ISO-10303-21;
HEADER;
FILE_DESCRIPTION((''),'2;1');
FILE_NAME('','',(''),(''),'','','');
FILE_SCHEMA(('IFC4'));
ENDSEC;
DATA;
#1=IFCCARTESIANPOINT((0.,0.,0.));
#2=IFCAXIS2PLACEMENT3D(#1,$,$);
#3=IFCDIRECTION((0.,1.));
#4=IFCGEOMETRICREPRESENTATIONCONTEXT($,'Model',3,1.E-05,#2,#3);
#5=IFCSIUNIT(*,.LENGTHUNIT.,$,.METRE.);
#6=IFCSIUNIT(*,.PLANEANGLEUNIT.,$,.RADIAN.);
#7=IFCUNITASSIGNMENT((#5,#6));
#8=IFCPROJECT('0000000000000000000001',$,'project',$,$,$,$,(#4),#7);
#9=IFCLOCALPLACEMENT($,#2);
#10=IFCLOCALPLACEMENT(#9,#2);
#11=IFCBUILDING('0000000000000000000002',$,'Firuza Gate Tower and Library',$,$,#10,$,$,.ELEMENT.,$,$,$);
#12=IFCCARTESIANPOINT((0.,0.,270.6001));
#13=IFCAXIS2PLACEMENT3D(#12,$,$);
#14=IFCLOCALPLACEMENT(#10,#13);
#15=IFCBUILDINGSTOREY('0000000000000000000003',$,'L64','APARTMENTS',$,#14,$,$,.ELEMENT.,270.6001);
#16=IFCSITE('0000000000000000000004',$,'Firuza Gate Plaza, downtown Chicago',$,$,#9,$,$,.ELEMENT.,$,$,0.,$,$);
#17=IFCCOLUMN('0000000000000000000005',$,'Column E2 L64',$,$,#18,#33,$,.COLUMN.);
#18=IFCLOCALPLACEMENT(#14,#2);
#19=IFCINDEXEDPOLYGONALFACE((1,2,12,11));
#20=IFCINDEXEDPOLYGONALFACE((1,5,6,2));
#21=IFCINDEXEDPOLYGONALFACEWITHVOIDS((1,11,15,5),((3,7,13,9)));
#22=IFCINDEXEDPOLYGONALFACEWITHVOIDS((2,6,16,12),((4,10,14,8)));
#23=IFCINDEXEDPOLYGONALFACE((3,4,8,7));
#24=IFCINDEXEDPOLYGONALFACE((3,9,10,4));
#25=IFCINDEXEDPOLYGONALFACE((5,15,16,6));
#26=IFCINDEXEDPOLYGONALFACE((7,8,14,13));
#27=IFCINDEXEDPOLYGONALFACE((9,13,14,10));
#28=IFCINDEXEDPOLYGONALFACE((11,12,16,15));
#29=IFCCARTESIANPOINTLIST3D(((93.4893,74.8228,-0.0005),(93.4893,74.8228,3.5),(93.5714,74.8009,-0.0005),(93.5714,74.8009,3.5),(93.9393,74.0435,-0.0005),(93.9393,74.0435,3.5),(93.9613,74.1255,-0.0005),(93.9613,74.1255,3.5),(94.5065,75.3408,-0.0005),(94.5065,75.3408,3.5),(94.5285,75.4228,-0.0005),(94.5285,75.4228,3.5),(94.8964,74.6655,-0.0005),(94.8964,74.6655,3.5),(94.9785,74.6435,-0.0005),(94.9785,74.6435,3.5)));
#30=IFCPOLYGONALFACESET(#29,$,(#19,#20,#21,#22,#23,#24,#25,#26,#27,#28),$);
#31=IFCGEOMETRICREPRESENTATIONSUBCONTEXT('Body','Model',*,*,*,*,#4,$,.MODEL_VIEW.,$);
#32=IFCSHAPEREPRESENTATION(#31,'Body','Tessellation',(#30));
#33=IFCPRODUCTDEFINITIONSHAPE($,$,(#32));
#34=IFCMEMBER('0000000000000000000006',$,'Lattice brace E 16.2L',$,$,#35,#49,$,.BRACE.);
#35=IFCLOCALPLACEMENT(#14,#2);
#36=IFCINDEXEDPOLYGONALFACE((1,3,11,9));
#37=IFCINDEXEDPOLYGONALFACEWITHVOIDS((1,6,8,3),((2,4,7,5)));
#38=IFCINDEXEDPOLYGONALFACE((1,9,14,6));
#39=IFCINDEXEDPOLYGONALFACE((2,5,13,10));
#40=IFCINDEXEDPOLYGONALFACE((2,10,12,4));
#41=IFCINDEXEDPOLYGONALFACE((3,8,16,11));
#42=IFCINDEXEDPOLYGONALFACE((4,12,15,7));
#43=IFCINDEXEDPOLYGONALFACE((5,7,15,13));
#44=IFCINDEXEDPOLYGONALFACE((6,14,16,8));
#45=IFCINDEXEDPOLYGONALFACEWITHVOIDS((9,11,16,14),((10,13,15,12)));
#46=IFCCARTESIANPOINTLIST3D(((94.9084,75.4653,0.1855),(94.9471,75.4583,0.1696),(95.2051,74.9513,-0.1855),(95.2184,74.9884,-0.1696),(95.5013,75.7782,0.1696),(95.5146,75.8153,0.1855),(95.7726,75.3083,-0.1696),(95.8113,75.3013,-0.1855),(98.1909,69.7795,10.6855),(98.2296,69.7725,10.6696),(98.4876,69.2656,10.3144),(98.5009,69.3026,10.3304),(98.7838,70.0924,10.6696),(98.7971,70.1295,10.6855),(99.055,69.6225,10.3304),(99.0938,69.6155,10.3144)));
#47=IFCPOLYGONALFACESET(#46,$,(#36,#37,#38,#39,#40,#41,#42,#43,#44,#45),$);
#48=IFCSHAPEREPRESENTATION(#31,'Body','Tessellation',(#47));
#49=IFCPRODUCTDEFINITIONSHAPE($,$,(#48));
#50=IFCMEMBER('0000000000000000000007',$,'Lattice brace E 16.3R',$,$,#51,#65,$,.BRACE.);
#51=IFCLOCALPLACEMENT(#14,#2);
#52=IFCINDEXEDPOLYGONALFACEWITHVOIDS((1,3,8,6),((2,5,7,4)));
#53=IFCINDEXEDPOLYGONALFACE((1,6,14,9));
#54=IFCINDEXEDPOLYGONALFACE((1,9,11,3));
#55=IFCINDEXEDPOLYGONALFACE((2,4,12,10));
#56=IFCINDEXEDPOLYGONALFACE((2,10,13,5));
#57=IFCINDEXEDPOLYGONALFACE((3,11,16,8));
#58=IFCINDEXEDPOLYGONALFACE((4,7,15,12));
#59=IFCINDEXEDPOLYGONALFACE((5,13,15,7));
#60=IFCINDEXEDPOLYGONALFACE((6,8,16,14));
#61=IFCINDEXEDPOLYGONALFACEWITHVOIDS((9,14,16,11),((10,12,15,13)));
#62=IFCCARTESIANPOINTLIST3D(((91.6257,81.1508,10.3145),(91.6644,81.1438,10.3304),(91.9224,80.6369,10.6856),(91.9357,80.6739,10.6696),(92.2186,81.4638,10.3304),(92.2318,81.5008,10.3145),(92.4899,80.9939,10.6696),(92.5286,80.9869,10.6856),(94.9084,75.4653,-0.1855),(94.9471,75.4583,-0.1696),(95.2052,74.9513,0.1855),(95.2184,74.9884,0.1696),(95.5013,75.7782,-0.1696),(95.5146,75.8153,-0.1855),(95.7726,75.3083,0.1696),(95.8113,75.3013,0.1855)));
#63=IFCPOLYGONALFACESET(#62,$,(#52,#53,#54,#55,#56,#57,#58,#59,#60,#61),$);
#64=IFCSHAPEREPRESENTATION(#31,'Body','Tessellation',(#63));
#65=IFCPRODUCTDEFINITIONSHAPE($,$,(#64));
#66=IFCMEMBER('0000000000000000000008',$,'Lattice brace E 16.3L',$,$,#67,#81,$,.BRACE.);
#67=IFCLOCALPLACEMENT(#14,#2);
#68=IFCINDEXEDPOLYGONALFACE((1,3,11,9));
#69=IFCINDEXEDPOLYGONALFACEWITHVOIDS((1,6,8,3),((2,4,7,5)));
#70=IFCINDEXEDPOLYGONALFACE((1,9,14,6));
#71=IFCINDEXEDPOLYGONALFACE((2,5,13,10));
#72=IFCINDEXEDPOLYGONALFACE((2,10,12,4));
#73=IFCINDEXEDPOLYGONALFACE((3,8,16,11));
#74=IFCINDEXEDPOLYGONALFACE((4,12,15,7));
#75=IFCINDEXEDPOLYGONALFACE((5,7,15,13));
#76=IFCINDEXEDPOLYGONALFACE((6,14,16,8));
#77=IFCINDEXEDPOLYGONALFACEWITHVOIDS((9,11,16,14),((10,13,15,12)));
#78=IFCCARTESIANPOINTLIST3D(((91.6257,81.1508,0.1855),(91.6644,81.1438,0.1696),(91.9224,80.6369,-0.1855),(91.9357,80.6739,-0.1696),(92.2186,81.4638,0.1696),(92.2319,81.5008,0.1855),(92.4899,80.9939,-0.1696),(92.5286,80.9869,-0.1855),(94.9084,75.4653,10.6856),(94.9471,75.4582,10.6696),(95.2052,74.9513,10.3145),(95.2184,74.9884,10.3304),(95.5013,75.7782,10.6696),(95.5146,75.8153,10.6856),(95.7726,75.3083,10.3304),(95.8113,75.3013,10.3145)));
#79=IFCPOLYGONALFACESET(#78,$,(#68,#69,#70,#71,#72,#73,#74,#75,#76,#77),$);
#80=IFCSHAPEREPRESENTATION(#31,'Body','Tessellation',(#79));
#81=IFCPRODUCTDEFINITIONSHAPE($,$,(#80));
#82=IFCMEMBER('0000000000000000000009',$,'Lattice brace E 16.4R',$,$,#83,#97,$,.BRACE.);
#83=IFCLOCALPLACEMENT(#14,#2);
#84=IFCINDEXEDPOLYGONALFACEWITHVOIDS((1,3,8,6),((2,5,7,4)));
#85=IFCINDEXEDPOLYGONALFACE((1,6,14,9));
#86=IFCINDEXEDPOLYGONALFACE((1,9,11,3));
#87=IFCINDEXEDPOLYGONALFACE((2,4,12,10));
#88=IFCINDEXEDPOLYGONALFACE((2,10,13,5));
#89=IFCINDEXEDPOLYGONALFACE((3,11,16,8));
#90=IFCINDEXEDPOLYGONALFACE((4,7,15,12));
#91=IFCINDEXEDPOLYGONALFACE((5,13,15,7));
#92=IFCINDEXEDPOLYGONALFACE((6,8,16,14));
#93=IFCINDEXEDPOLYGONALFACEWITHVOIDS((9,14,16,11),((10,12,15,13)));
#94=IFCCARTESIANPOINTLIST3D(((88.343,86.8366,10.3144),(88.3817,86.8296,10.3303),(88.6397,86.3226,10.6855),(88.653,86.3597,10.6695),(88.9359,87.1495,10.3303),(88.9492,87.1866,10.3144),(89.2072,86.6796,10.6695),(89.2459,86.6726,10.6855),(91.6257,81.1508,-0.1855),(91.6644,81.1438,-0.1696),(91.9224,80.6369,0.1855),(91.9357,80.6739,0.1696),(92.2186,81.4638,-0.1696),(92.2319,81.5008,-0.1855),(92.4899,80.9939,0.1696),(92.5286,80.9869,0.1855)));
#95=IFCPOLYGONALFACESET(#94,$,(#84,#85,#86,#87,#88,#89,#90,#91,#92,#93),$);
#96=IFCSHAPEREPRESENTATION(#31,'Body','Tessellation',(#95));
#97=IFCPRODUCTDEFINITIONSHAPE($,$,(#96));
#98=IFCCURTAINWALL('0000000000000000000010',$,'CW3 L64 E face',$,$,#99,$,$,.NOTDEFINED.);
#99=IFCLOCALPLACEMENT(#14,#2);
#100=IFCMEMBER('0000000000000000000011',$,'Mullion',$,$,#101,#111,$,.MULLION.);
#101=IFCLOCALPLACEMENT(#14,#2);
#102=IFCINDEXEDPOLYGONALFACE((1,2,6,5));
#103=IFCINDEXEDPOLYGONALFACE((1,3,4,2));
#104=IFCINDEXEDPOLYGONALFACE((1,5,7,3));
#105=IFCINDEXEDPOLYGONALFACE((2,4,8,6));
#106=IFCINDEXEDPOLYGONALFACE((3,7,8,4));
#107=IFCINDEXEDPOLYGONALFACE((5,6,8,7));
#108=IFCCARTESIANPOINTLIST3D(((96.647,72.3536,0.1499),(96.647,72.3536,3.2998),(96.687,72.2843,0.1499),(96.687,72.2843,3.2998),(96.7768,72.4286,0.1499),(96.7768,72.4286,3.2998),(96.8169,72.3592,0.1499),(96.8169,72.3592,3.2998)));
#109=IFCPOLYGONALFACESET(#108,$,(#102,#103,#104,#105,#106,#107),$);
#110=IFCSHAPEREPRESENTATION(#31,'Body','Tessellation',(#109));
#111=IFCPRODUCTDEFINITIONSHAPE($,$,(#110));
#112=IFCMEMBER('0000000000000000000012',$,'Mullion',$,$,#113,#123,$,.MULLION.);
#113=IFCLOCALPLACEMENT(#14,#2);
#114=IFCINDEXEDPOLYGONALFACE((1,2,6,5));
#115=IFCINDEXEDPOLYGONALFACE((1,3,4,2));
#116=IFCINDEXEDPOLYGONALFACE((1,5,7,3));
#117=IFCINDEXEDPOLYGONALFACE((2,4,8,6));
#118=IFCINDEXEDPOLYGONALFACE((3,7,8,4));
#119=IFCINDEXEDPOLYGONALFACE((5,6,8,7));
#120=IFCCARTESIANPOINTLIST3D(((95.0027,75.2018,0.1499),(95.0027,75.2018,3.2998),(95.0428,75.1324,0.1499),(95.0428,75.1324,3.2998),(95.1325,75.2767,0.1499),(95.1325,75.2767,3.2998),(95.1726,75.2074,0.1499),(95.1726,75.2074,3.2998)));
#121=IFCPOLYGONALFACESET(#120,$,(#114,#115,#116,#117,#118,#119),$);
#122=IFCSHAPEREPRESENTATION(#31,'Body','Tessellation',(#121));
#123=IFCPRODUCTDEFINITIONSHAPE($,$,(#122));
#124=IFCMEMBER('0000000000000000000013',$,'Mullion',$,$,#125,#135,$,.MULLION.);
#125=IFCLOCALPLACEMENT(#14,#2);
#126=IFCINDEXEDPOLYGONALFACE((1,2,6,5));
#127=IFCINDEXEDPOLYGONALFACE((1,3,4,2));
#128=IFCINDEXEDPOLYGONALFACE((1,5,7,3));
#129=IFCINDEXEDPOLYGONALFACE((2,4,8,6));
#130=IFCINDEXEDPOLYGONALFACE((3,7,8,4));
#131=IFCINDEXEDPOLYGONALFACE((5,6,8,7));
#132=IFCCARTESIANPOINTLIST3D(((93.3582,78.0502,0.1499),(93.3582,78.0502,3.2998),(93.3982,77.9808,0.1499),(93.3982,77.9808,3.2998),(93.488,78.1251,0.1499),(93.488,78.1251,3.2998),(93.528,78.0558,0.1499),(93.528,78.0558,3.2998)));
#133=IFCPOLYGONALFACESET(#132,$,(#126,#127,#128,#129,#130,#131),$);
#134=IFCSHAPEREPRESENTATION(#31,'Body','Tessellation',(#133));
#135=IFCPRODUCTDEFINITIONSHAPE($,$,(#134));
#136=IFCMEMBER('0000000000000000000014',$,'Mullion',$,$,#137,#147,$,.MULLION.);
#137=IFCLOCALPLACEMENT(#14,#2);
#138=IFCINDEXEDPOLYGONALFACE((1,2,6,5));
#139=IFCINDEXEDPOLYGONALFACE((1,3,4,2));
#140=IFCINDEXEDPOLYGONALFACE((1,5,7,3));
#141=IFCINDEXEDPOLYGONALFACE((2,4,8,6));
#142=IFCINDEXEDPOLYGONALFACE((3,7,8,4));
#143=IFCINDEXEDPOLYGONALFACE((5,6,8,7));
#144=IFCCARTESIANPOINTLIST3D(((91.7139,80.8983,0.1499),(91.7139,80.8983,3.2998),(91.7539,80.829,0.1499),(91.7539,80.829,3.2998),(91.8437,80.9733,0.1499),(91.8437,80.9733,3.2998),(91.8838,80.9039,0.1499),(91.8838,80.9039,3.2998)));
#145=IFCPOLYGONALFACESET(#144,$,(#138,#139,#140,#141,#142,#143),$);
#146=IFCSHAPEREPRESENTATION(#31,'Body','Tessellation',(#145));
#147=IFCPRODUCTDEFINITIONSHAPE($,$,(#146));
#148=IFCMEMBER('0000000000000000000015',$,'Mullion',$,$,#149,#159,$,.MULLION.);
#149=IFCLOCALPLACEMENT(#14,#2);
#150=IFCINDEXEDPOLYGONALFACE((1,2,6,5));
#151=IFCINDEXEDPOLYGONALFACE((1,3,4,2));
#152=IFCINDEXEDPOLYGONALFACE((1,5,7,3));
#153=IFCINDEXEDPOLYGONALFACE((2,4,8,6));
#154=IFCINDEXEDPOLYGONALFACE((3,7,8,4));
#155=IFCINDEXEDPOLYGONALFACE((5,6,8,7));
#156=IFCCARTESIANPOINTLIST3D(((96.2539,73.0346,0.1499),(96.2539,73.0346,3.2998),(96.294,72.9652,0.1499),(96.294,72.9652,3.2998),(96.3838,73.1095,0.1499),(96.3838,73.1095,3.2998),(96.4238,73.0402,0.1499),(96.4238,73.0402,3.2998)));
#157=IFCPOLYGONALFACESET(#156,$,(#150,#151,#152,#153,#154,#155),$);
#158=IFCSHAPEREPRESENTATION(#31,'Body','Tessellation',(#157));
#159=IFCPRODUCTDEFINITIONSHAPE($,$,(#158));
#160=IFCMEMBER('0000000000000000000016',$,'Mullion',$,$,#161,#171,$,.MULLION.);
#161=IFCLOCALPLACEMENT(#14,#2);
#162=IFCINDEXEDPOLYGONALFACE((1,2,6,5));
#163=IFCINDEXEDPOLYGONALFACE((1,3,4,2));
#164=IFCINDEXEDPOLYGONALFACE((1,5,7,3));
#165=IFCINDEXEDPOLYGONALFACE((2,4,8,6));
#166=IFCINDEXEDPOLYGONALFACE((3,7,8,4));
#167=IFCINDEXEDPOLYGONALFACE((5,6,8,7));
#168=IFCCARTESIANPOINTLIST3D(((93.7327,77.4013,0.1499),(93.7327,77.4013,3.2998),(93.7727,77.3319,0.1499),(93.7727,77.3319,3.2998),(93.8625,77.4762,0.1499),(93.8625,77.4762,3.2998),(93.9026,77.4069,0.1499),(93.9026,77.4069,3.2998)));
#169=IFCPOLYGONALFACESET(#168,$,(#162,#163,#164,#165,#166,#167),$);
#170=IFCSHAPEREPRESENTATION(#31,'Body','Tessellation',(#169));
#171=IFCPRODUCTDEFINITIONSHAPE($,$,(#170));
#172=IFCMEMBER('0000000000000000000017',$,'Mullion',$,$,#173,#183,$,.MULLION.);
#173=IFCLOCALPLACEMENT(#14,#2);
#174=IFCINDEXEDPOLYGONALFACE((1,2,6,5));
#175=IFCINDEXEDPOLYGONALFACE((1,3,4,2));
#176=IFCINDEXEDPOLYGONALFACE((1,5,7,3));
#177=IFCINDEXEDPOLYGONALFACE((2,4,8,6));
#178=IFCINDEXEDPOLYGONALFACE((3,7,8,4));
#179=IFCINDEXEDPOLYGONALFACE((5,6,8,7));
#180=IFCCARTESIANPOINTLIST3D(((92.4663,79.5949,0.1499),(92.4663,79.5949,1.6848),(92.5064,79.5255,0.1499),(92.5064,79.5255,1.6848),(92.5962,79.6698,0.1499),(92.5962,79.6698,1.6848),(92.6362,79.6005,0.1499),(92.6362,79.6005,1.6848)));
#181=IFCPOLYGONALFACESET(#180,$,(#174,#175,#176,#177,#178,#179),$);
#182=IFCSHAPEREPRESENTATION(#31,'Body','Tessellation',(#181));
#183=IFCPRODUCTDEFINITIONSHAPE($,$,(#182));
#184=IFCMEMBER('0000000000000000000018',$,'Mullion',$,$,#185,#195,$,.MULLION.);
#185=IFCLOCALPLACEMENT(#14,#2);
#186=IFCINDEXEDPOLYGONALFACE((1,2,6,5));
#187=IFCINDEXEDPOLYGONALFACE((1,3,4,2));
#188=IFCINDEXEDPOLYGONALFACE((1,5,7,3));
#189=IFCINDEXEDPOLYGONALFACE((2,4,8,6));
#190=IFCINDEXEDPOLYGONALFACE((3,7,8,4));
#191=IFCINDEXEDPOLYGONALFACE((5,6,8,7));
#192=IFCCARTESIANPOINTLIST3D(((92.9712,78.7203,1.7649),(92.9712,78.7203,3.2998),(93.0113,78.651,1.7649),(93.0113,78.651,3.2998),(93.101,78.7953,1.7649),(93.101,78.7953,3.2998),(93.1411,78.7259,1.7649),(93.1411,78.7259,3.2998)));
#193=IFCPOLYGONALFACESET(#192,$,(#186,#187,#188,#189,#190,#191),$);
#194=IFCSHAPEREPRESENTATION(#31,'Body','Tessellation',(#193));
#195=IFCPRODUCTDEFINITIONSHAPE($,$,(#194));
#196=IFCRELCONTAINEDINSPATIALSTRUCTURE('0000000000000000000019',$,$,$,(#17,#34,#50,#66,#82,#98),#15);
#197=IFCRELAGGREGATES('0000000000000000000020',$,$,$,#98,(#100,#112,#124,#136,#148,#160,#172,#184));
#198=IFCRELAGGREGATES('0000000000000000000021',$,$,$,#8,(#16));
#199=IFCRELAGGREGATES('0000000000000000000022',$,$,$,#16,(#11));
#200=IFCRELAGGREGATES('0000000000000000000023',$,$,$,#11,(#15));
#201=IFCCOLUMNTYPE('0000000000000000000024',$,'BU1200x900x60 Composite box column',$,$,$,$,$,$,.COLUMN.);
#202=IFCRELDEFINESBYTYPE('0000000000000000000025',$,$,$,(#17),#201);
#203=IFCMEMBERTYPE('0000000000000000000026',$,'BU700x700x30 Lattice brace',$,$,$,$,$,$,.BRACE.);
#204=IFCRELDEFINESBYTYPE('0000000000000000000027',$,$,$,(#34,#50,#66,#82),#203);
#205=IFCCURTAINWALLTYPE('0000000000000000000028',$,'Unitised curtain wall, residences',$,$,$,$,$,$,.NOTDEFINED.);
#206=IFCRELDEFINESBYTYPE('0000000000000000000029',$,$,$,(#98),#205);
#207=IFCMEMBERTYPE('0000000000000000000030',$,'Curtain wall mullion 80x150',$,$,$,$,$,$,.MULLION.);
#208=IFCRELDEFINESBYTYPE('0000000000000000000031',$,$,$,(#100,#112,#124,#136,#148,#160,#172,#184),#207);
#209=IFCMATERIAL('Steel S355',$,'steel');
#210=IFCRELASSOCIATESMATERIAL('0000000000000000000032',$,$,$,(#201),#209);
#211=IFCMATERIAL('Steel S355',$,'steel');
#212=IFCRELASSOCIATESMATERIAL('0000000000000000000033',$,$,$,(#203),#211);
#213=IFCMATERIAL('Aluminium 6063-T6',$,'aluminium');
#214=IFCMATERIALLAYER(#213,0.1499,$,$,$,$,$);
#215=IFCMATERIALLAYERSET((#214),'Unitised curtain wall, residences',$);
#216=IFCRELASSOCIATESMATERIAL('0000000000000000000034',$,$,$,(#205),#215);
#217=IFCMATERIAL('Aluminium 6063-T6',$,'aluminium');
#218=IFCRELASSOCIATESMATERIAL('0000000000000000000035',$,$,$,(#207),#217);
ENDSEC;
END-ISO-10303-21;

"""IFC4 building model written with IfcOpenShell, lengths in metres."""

from ifc_helpers import new_model, si_unit, direction, frame, origin, origin_2d, place, context, subcontext, project, spatial, rectangle, hollow_rectangle, extrude, material, layer, layer_set, material_profile, profile_set, type_object, element, aggregate, save


model = new_model("IFC4")

# Units and contexts
model_context = context("Model", 3, precision=1e-05, world=origin(), true_north=direction((0.0, 1.0)))
body_context = subcontext(model_context, "Body", "Model", "MODEL_VIEW")
ifc_project = project(units=[si_unit("LENGTHUNIT", "METRE"), si_unit("PLANEANGLEUNIT", "RADIAN")], contexts=[model_context])

# Site, building, storey
site_placement = place(None, origin())
site = spatial("IfcSite", under=ifc_project, at=site_placement, Name="Firuza Gate Plaza, downtown Chicago", CompositionType="ELEMENT", RefElevation=0.0)
building_placement = place(site_placement, origin())
building = spatial("IfcBuilding", under=site, at=building_placement, Name="Firuza Gate Tower and Library", CompositionType="ELEMENT")
storey_placement = place(building_placement, frame((0.0, 0.0, 270.6001)))
storey = spatial("IfcBuildingStorey", under=building, at=storey_placement, Name="L64", Description="APARTMENTS", CompositionType="ELEMENT", Elevation=270.6001)

# Column
ifc_material_1 = material(Name="Steel S355", Category="steel")
ifc_material_profile_1 = material_profile(ifc_material_1, hollow_rectangle(XDim=0.8999, YDim=1.2, WallThickness=0.0601, at=origin_2d()))
ifc_profile_set_1 = profile_set([ifc_material_profile_1], Name="Steel S355")
column_type = type_object("IfcColumnType", Name="BU1200x900x60 Composite box column", PredefinedType="COLUMN", material=ifc_profile_set_1)
column_placement = place(storey_placement, frame((94.2339, 74.7332, -0.0005), z_axis=(0.0, 0.0, 1.0), x_axis=(-0.5, 0.866025, 0.0)))
element("IfcColumn", 1, at=column_placement, inside=storey, type_object=column_type, Name="Column E2 L64", PredefinedType="COLUMN", context=body_context, shape_type="SweptSolid", body=[
    extrude(hollow_rectangle(XDim=0.8999, YDim=1.2, WallThickness=0.0601, at=origin_2d()), origin(), (0.0, 0.0, 1.0), 3.5005),
])

# Members
ifc_material_2 = material(Name="Steel S355", Category="steel")
ifc_material_profile_2 = material_profile(ifc_material_2, hollow_rectangle(XDim=0.7, YDim=0.7, WallThickness=0.03, at=origin_2d()))
ifc_profile_set_2 = profile_set([ifc_material_profile_2], Name="Steel S355")
member_type_1 = type_object("IfcMemberType", Name="BU700x700x30 Lattice brace", PredefinedType="BRACE", material=ifc_profile_set_2)
for number, where, z_axis, x_axis, name in (
    (2, (95.3599, 75.3833, 0.0), (0.265067, -0.45914, 0.847898), (0.86604, 0.499975, 0.0), "Lattice brace E 16.2L"),
    (3, (95.3599, 75.3833, 0.0), (-0.265087, 0.459122, 0.847901), (-0.866015, -0.500019, 0.0), "Lattice brace E 16.3R"),
    (4, (92.0771, 81.0688, 0.0), (0.265087, -0.459122, 0.847901), (0.866015, 0.500019, 0.0), "Lattice brace E 16.3L"),
    (5, (92.0771, 81.0688, 0.0), (-0.265085, 0.459137, 0.847893), (-0.866024, -0.500002, 0.0), "Lattice brace E 16.4R"),
):
    element("IfcMember", number, at=place(storey_placement, frame(where, z_axis=z_axis, x_axis=x_axis)), inside=storey, type_object=member_type_1, Name=name, PredefinedType="BRACE", context=body_context, shape_type="SweptSolid", body=[
        extrude(hollow_rectangle(XDim=0.7, YDim=0.7, WallThickness=0.03, at=origin_2d()), origin(), (0.0, 0.0, 1.0), 12.3835),
    ])

# Curtain wall, members
ifc_material_3 = material(Name="Aluminium 6063-T6", Category="aluminium")
ifc_layer_1 = layer(ifc_material_3, 0.1499)
ifc_layer_set_1 = layer_set([ifc_layer_1], Name="Unitised curtain wall, residences")
curtain_wall_type = type_object("IfcCurtainWallType", Name="Unitised curtain wall, residences", PredefinedType="NOTDEFINED", material=ifc_layer_set_1)
curtain_wall_placement = place(storey_placement, origin())
curtain_wall = element("IfcCurtainWall", 6, at=curtain_wall_placement, inside=storey, type_object=curtain_wall_type, Name="CW3 L64 E face", PredefinedType="NOTDEFINED")
ifc_material_4 = material(Name="Aluminium 6063-T6", Category="aluminium")
ifc_material_profile_3 = material_profile(ifc_material_4, rectangle(XDim=0.1499, YDim=0.0801, at=origin_2d()))
ifc_profile_set_3 = profile_set([ifc_material_profile_3], Name="Aluminium 6063-T6")
member_type_2 = type_object("IfcMemberType", Name="Curtain wall mullion 80x150", PredefinedType="MULLION", material=ifc_profile_set_3)
member_1_placement = place(storey_placement, frame((96.7319, 72.3564, 0.1499), z_axis=(0.0, 0.0, 1.0), x_axis=(-0.866025, -0.5, 0.0)))
member_1 = element("IfcMember", 7, at=member_1_placement, type_object=member_type_2, Name="Mullion", PredefinedType="MULLION", context=body_context, shape_type="SweptSolid", body=[
    extrude(rectangle(XDim=0.1499, YDim=0.0801, at=origin_2d()), origin(), (0.0, 0.0, 1.0), 3.1499),
])
member_2_placement = place(storey_placement, frame((95.0876, 75.2046, 0.1499), z_axis=(0.0, 0.0, 1.0), x_axis=(-0.866025, -0.5, 0.0)))
member_2 = element("IfcMember", 8, at=member_2_placement, type_object=member_type_2, Name="Mullion", PredefinedType="MULLION", context=body_context, shape_type="SweptSolid", body=[
    extrude(rectangle(XDim=0.1499, YDim=0.0801, at=origin_2d()), origin(), (0.0, 0.0, 1.0), 3.1499),
])
member_3_placement = place(storey_placement, frame((93.4431, 78.053, 0.1499), z_axis=(0.0, 0.0, 1.0), x_axis=(-0.866025, -0.5, 0.0)))
member_3 = element("IfcMember", 9, at=member_3_placement, type_object=member_type_2, Name="Mullion", PredefinedType="MULLION", context=body_context, shape_type="SweptSolid", body=[
    extrude(rectangle(XDim=0.1499, YDim=0.0801, at=origin_2d()), origin(), (0.0, 0.0, 1.0), 3.1499),
])
member_4_placement = place(storey_placement, frame((91.7988, 80.9011, 0.1499), z_axis=(0.0, 0.0, 1.0), x_axis=(-0.866025, -0.5, 0.0)))
member_4 = element("IfcMember", 10, at=member_4_placement, type_object=member_type_2, Name="Mullion", PredefinedType="MULLION", context=body_context, shape_type="SweptSolid", body=[
    extrude(rectangle(XDim=0.1499, YDim=0.0801, at=origin_2d()), origin(), (0.0, 0.0, 1.0), 3.1499),
])
member_5_placement = place(storey_placement, frame((96.3389, 73.0374, 0.1499), z_axis=(0.0, 0.0, 1.0), x_axis=(-0.866025, -0.5, 0.0)))
member_5 = element("IfcMember", 11, at=member_5_placement, type_object=member_type_2, Name="Mullion", PredefinedType="MULLION", context=body_context, shape_type="SweptSolid", body=[
    extrude(rectangle(XDim=0.1499, YDim=0.0801, at=origin_2d()), origin(), (0.0, 0.0, 1.0), 3.1499),
])
member_6_placement = place(storey_placement, frame((93.8176, 77.4041, 0.1499), z_axis=(0.0, 0.0, 1.0), x_axis=(-0.866025, -0.5, 0.0)))
member_6 = element("IfcMember", 12, at=member_6_placement, type_object=member_type_2, Name="Mullion", PredefinedType="MULLION", context=body_context, shape_type="SweptSolid", body=[
    extrude(rectangle(XDim=0.1499, YDim=0.0801, at=origin_2d()), origin(), (0.0, 0.0, 1.0), 3.1499),
])
member_7_placement = place(storey_placement, frame((92.5513, 79.5977, 0.1499), z_axis=(0.0, 0.0, 1.0), x_axis=(-0.866025, -0.5, 0.0)))
member_7 = element("IfcMember", 13, at=member_7_placement, type_object=member_type_2, Name="Mullion", PredefinedType="MULLION", context=body_context, shape_type="SweptSolid", body=[
    extrude(rectangle(XDim=0.1499, YDim=0.0801, at=origin_2d()), origin(), (0.0, 0.0, 1.0), 1.5349),
])
member_8_placement = place(storey_placement, frame((93.0562, 78.7231, 1.7649), z_axis=(0.0, 0.0, 1.0), x_axis=(-0.866025, -0.5, 0.0)))
member_8 = element("IfcMember", 14, at=member_8_placement, type_object=member_type_2, Name="Mullion", PredefinedType="MULLION", context=body_context, shape_type="SweptSolid", body=[
    extrude(rectangle(XDim=0.1499, YDim=0.0801, at=origin_2d()), origin(), (0.0, 0.0, 1.0), 1.5349),
])

aggregate(curtain_wall, [member_1, member_2, member_3, member_4, member_5, member_6, member_7, member_8])

save(model, "model.ifc")
